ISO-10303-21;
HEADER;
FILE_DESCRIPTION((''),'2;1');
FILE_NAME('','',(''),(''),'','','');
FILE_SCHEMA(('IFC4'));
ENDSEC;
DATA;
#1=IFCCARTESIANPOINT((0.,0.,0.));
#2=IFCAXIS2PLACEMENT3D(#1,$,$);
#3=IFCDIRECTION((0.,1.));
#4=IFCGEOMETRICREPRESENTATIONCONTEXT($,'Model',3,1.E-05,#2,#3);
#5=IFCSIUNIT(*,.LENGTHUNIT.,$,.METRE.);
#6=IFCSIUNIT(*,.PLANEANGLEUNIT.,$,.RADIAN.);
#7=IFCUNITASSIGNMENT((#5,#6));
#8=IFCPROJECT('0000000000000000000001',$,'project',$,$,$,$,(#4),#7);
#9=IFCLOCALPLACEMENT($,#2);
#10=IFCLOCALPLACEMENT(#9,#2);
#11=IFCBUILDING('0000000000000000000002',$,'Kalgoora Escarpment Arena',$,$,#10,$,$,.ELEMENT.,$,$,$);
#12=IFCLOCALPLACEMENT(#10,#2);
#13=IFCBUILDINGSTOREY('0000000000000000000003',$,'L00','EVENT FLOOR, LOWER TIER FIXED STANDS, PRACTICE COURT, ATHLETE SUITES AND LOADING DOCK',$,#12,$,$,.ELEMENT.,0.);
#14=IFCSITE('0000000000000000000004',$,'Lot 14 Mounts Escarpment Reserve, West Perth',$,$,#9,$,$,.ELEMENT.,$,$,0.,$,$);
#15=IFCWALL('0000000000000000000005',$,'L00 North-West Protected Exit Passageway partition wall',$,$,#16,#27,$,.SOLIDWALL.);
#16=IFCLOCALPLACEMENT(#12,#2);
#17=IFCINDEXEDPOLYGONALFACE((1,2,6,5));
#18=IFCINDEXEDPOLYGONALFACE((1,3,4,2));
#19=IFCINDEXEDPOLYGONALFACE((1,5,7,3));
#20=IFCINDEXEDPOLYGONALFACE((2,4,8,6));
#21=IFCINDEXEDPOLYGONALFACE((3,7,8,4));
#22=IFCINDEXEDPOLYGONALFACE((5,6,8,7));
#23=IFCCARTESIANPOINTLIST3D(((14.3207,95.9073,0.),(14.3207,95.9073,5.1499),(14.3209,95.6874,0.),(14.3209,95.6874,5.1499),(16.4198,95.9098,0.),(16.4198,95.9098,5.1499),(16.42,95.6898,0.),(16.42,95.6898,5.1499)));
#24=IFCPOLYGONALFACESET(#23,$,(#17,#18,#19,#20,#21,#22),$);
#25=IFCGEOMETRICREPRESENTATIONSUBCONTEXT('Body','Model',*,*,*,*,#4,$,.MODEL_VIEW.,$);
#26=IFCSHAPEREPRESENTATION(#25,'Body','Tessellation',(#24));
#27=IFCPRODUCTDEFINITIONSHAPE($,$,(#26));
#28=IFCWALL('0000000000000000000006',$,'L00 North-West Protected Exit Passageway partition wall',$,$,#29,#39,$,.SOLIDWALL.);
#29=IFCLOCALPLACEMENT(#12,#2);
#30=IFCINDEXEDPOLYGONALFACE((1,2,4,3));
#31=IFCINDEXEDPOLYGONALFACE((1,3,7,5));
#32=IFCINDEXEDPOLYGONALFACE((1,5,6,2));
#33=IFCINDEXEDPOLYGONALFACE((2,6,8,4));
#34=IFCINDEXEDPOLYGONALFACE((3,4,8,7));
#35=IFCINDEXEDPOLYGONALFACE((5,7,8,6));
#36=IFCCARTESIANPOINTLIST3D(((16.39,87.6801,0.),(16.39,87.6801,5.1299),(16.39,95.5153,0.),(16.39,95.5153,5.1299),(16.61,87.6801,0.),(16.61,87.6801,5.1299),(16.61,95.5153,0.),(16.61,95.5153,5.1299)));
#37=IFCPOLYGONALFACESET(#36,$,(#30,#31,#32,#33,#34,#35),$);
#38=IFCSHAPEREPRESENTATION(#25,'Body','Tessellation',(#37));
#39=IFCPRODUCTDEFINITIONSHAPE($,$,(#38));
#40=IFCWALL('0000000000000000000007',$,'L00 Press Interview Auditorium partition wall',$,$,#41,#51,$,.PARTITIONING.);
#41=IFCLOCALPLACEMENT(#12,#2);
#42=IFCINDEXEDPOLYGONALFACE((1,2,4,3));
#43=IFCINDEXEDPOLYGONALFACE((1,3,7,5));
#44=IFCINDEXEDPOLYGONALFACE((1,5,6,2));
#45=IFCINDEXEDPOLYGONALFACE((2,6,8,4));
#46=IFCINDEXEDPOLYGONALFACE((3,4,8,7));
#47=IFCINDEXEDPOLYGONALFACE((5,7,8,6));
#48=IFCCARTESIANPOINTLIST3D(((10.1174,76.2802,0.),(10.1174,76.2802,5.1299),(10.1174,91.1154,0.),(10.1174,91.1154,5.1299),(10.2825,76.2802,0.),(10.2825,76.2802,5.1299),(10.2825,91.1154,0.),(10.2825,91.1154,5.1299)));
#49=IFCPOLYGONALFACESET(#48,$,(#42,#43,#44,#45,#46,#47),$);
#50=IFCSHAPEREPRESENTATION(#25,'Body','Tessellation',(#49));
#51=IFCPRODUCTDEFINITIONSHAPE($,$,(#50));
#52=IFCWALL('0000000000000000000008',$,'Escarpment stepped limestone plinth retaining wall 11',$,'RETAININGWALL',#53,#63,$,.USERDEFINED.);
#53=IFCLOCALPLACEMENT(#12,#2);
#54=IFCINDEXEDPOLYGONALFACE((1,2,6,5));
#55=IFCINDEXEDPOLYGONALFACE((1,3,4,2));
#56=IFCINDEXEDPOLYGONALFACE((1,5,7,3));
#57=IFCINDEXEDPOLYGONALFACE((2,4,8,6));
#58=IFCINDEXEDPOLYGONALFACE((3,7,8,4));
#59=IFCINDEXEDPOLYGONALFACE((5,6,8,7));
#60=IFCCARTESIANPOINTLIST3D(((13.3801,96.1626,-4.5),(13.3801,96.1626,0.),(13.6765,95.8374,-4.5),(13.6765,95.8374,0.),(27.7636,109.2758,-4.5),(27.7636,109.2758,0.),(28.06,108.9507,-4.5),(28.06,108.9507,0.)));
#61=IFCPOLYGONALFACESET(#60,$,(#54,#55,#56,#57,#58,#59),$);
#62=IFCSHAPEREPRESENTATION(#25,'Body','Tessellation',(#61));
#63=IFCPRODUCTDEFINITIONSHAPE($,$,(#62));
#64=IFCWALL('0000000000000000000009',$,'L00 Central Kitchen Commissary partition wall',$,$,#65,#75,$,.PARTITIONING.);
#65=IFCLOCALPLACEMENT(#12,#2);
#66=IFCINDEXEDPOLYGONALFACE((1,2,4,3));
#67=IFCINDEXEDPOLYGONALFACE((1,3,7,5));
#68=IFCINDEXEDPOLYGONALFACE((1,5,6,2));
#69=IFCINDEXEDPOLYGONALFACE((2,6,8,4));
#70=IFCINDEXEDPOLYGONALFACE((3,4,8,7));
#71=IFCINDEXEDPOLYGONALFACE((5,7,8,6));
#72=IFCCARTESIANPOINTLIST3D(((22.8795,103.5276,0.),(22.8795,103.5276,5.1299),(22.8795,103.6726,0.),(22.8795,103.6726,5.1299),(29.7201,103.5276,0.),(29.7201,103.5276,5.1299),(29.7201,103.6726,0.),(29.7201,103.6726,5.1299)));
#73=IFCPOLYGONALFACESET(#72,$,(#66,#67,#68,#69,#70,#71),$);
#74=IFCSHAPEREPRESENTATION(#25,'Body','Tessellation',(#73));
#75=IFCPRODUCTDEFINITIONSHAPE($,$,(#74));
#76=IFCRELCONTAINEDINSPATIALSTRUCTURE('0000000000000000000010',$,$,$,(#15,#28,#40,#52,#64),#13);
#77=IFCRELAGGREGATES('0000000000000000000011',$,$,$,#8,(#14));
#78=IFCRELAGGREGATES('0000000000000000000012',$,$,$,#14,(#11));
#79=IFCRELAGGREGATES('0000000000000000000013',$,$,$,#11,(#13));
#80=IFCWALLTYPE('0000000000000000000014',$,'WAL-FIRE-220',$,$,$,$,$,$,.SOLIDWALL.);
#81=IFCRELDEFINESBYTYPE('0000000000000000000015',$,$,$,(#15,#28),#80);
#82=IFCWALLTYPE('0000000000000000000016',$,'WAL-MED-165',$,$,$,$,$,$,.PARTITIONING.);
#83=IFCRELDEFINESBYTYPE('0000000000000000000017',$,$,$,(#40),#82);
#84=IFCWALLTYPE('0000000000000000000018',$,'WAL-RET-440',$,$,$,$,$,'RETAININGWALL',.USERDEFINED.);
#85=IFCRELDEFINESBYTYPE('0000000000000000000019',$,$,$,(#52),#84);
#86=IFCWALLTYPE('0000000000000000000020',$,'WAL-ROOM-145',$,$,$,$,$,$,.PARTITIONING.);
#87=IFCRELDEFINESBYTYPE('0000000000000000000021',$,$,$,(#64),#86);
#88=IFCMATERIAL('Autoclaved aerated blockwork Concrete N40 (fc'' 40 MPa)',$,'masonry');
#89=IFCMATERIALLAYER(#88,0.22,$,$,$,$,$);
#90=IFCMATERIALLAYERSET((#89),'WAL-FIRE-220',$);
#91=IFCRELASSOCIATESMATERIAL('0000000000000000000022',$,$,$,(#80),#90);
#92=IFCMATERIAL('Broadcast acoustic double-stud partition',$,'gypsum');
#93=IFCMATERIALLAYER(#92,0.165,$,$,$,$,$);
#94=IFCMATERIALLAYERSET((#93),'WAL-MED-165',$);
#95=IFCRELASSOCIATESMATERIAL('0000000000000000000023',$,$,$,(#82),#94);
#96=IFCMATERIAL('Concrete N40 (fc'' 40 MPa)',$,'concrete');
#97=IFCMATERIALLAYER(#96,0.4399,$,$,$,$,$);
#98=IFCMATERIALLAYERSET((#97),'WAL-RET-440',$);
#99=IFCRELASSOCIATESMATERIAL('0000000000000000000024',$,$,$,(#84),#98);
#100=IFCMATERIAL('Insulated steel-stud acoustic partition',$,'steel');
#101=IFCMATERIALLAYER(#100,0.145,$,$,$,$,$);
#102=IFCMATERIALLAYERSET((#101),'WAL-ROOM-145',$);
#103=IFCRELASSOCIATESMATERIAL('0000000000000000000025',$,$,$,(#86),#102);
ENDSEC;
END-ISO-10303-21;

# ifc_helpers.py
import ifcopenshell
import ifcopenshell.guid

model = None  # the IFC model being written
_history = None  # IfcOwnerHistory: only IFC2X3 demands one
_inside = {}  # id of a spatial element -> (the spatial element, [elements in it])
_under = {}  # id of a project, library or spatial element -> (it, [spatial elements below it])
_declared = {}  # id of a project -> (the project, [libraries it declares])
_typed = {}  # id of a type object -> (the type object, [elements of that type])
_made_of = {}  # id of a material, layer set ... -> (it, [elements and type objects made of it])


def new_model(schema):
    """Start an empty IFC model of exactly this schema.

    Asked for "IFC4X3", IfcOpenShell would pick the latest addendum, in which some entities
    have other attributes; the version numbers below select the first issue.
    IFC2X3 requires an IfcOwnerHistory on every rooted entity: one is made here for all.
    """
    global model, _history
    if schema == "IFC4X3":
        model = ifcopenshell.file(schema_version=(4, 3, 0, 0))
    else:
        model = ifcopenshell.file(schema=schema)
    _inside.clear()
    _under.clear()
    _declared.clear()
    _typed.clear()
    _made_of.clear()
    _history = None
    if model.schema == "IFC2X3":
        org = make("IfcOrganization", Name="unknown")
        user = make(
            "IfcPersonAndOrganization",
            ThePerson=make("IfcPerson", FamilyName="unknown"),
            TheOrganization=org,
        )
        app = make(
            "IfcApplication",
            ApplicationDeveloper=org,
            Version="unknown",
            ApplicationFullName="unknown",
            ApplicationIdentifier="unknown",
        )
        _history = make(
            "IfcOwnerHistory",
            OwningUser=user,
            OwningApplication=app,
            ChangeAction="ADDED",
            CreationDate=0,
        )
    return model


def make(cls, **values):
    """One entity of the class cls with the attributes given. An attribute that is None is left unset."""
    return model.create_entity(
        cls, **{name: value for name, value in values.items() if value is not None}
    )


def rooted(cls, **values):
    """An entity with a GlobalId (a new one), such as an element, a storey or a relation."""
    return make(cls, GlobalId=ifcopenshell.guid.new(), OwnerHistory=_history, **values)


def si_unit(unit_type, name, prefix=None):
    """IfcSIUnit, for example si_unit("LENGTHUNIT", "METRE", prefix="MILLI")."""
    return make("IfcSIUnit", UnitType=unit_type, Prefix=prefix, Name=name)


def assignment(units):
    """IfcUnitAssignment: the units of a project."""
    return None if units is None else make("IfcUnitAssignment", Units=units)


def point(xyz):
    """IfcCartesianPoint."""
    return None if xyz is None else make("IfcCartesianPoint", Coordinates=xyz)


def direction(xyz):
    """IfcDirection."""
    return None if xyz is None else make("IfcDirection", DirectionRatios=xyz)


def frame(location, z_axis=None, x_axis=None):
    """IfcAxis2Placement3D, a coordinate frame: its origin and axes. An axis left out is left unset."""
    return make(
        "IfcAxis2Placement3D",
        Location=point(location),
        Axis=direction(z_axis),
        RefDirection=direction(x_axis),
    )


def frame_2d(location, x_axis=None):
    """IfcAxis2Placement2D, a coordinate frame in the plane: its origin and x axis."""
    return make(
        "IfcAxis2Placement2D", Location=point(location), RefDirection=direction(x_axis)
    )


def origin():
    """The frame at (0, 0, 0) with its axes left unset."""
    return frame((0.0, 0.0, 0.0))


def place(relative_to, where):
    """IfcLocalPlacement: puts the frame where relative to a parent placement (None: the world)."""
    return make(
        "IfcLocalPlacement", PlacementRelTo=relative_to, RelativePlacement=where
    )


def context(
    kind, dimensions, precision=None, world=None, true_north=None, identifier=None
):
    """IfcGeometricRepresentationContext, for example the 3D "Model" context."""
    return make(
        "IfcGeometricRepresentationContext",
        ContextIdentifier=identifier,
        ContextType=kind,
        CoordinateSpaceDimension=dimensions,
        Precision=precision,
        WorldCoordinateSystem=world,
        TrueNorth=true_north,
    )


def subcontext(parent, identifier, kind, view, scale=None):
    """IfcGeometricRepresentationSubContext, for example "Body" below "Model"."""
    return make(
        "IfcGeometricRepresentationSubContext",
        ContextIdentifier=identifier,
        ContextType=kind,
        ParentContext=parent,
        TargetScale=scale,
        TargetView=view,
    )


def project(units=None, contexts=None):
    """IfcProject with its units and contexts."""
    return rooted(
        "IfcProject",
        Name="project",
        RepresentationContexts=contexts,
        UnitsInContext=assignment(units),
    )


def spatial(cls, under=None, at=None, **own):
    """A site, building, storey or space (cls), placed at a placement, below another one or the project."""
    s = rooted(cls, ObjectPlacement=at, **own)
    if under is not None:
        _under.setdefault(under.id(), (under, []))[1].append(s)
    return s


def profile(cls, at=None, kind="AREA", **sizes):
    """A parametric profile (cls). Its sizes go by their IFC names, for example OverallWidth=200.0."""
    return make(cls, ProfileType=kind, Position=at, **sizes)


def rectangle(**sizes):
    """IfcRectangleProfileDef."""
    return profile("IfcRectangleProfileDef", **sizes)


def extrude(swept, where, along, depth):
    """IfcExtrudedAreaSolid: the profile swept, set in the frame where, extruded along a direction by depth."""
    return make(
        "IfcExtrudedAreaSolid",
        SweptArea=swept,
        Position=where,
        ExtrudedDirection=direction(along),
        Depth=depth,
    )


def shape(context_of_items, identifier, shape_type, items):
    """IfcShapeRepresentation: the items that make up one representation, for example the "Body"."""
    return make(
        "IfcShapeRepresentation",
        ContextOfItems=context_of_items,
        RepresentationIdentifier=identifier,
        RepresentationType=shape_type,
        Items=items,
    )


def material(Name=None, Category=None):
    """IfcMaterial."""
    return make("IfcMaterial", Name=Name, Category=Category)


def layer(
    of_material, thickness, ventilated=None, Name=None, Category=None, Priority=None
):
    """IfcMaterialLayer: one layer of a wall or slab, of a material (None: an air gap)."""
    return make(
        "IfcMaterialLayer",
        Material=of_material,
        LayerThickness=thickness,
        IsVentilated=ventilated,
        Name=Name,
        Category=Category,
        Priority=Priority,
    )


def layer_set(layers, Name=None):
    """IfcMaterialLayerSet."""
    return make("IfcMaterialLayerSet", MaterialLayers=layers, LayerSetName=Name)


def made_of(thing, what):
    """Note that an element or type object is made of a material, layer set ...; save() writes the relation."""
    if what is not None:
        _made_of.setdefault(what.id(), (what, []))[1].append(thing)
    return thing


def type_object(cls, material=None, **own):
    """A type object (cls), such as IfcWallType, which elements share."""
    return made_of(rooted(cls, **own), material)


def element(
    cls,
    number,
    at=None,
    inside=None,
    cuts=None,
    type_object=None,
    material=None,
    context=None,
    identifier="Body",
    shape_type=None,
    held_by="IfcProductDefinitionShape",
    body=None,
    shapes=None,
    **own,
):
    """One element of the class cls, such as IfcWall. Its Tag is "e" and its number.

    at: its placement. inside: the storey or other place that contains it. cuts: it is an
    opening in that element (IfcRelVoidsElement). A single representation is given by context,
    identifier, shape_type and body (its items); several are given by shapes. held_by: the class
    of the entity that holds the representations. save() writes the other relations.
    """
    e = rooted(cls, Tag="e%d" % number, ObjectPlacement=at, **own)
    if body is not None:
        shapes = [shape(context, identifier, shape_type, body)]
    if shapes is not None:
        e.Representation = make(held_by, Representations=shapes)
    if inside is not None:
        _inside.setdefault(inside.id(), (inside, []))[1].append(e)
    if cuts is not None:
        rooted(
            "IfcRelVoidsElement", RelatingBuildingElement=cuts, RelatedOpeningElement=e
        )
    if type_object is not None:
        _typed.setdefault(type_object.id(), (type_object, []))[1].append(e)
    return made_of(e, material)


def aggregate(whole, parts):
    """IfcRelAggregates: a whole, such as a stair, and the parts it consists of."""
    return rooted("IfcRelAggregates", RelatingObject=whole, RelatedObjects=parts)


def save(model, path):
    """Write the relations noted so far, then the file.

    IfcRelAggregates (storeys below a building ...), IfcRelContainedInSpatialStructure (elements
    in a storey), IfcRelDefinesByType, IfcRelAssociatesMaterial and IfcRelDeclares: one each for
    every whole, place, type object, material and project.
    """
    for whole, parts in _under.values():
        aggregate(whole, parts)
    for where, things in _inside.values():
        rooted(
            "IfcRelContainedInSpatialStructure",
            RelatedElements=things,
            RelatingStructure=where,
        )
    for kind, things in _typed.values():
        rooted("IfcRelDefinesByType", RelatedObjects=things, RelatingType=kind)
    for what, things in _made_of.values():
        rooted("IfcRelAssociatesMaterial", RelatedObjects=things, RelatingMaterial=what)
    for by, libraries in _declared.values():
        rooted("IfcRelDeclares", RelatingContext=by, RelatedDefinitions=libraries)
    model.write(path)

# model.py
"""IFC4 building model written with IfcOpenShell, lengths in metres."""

from ifc_helpers import new_model, si_unit, direction, frame, frame_2d, origin, place, context, subcontext, project, spatial, rectangle, extrude, material, layer, layer_set, type_object, element, save


model = new_model("IFC4")

# Units and contexts
model_context = context("Model", 3, precision=1e-05, world=origin(), true_north=direction((0.0, 1.0)))
body_context = subcontext(model_context, "Body", "Model", "MODEL_VIEW")
ifc_project = project(units=[si_unit("LENGTHUNIT", "METRE"), si_unit("PLANEANGLEUNIT", "RADIAN")], contexts=[model_context])

# Site, building, storey
site_placement = place(None, origin())
site = spatial("IfcSite", under=ifc_project, at=site_placement, Name="Lot 14 Mounts Escarpment Reserve, West Perth", CompositionType="ELEMENT", RefElevation=0.0)
building_placement = place(site_placement, origin())
building = spatial("IfcBuilding", under=site, at=building_placement, Name="Kalgoora Escarpment Arena", CompositionType="ELEMENT")
storey_placement = place(building_placement, origin())
storey = spatial("IfcBuildingStorey", under=building, at=storey_placement, Name="L00", Description="EVENT FLOOR, LOWER TIER FIXED STANDS, PRACTICE COURT, ATHLETE SUITES AND LOADING DOCK", CompositionType="ELEMENT", Elevation=0.0)

# Walls
ifc_material_1 = material(Name="Autoclaved aerated blockwork Concrete N40 (fc' 40 MPa)", Category="masonry")
ifc_layer_1 = layer(ifc_material_1, 0.22)
ifc_layer_set_1 = layer_set([ifc_layer_1], Name="WAL-FIRE-220")
wall_type_1 = type_object("IfcWallType", Name="WAL-FIRE-220", PredefinedType="SOLIDWALL", material=ifc_layer_set_1)
wall_1_placement = place(storey_placement, frame((14.3208, 95.7974, 0.0), z_axis=(0.0, 0.0, 1.0), x_axis=(0.999999, 0.001163, 0.0)))
element("IfcWall", 1, at=wall_1_placement, inside=storey, type_object=wall_type_1, Name="L00 North-West Protected Exit Passageway partition wall", PredefinedType="SOLIDWALL", context=body_context, shape_type="SweptSolid", body=[
    extrude(rectangle(XDim=2.0991, YDim=0.22, at=frame_2d((1.0496, 0.0))), origin(), (0.0, 0.0, 1.0), 5.1499),
])
wall_2_placement = place(storey_placement, frame((16.5, 95.5151, 0.0), z_axis=(0.0, 0.0, 1.0), x_axis=(0.0, -1.0, 0.0)))
element("IfcWall", 2, at=wall_2_placement, inside=storey, type_object=wall_type_1, Name="L00 North-West Protected Exit Passageway partition wall", PredefinedType="SOLIDWALL", context=body_context, shape_type="SweptSolid", body=[
    extrude(rectangle(XDim=7.8352, YDim=0.22, at=frame_2d((3.9175, 0.0))), origin(), (0.0, 0.0, 1.0), 5.1299),
])
ifc_material_2 = material(Name="Broadcast acoustic double-stud partition", Category="gypsum")
ifc_layer_2 = layer(ifc_material_2, 0.165)
ifc_layer_set_2 = layer_set([ifc_layer_2], Name="WAL-MED-165")
wall_type_2 = type_object("IfcWallType", Name="WAL-MED-165", PredefinedType="PARTITIONING", material=ifc_layer_set_2)
wall_3_placement = place(storey_placement, frame((10.2, 91.1152, 0.0), z_axis=(0.0, 0.0, 1.0), x_axis=(0.0, -1.0, 0.0)))
element("IfcWall", 3, at=wall_3_placement, inside=storey, type_object=wall_type_2, Name="L00 Press Interview Auditorium partition wall", PredefinedType="PARTITIONING", context=body_context, shape_type="SweptSolid", body=[
    extrude(rectangle(XDim=14.8352, YDim=0.165, at=frame_2d((7.4175, 0.0))), origin(), (0.0, 0.0, 1.0), 5.1299),
])
ifc_material_3 = material(Name="Concrete N40 (fc' 40 MPa)", Category="concrete")
ifc_layer_3 = layer(ifc_material_3, 0.4399)
ifc_layer_set_3 = layer_set([ifc_layer_3], Name="WAL-RET-440")
wall_type_3 = type_object("IfcWallType", Name="WAL-RET-440", ElementType="RETAININGWALL", PredefinedType="USERDEFINED", material=ifc_layer_set_3)
wall_4_placement = place(storey_placement, frame((13.5283, 96.0, -4.5), z_axis=(0.0, 0.0, 1.0), x_axis=(0.738985, 0.673722, 0.0)))
element("IfcWall", 4, at=wall_4_placement, inside=storey, type_object=wall_type_3, Name="Escarpment stepped limestone plinth retaining wall 11", ObjectType="RETAININGWALL", PredefinedType="USERDEFINED", context=body_context, shape_type="SweptSolid", body=[
    extrude(rectangle(XDim=19.4639, YDim=0.4399, at=frame_2d((9.7319, 0.0))), origin(), (0.0, 0.0, 1.0), 4.5),
])
ifc_material_4 = material(Name="Insulated steel-stud acoustic partition", Category="steel")
ifc_layer_4 = layer(ifc_material_4, 0.145)
ifc_layer_set_4 = layer_set([ifc_layer_4], Name="WAL-ROOM-145")
wall_type_4 = type_object("IfcWallType", Name="WAL-ROOM-145", PredefinedType="PARTITIONING", material=ifc_layer_set_4)
wall_5_placement = place(storey_placement, frame((22.8794, 103.6001, 0.0), z_axis=(0.0, 0.0, 1.0), x_axis=(1.0, 0.0, 0.0)))
element("IfcWall", 5, at=wall_5_placement, inside=storey, type_object=wall_type_4, Name="L00 Central Kitchen Commissary partition wall", PredefinedType="PARTITIONING", context=body_context, shape_type="SweptSolid", body=[
    extrude(rectangle(XDim=6.8406, YDim=0.145, at=frame_2d((3.4204, 0.0))), origin(), (0.0, 0.0, 1.0), 5.1299),
])

save(model, "model.ifc")
